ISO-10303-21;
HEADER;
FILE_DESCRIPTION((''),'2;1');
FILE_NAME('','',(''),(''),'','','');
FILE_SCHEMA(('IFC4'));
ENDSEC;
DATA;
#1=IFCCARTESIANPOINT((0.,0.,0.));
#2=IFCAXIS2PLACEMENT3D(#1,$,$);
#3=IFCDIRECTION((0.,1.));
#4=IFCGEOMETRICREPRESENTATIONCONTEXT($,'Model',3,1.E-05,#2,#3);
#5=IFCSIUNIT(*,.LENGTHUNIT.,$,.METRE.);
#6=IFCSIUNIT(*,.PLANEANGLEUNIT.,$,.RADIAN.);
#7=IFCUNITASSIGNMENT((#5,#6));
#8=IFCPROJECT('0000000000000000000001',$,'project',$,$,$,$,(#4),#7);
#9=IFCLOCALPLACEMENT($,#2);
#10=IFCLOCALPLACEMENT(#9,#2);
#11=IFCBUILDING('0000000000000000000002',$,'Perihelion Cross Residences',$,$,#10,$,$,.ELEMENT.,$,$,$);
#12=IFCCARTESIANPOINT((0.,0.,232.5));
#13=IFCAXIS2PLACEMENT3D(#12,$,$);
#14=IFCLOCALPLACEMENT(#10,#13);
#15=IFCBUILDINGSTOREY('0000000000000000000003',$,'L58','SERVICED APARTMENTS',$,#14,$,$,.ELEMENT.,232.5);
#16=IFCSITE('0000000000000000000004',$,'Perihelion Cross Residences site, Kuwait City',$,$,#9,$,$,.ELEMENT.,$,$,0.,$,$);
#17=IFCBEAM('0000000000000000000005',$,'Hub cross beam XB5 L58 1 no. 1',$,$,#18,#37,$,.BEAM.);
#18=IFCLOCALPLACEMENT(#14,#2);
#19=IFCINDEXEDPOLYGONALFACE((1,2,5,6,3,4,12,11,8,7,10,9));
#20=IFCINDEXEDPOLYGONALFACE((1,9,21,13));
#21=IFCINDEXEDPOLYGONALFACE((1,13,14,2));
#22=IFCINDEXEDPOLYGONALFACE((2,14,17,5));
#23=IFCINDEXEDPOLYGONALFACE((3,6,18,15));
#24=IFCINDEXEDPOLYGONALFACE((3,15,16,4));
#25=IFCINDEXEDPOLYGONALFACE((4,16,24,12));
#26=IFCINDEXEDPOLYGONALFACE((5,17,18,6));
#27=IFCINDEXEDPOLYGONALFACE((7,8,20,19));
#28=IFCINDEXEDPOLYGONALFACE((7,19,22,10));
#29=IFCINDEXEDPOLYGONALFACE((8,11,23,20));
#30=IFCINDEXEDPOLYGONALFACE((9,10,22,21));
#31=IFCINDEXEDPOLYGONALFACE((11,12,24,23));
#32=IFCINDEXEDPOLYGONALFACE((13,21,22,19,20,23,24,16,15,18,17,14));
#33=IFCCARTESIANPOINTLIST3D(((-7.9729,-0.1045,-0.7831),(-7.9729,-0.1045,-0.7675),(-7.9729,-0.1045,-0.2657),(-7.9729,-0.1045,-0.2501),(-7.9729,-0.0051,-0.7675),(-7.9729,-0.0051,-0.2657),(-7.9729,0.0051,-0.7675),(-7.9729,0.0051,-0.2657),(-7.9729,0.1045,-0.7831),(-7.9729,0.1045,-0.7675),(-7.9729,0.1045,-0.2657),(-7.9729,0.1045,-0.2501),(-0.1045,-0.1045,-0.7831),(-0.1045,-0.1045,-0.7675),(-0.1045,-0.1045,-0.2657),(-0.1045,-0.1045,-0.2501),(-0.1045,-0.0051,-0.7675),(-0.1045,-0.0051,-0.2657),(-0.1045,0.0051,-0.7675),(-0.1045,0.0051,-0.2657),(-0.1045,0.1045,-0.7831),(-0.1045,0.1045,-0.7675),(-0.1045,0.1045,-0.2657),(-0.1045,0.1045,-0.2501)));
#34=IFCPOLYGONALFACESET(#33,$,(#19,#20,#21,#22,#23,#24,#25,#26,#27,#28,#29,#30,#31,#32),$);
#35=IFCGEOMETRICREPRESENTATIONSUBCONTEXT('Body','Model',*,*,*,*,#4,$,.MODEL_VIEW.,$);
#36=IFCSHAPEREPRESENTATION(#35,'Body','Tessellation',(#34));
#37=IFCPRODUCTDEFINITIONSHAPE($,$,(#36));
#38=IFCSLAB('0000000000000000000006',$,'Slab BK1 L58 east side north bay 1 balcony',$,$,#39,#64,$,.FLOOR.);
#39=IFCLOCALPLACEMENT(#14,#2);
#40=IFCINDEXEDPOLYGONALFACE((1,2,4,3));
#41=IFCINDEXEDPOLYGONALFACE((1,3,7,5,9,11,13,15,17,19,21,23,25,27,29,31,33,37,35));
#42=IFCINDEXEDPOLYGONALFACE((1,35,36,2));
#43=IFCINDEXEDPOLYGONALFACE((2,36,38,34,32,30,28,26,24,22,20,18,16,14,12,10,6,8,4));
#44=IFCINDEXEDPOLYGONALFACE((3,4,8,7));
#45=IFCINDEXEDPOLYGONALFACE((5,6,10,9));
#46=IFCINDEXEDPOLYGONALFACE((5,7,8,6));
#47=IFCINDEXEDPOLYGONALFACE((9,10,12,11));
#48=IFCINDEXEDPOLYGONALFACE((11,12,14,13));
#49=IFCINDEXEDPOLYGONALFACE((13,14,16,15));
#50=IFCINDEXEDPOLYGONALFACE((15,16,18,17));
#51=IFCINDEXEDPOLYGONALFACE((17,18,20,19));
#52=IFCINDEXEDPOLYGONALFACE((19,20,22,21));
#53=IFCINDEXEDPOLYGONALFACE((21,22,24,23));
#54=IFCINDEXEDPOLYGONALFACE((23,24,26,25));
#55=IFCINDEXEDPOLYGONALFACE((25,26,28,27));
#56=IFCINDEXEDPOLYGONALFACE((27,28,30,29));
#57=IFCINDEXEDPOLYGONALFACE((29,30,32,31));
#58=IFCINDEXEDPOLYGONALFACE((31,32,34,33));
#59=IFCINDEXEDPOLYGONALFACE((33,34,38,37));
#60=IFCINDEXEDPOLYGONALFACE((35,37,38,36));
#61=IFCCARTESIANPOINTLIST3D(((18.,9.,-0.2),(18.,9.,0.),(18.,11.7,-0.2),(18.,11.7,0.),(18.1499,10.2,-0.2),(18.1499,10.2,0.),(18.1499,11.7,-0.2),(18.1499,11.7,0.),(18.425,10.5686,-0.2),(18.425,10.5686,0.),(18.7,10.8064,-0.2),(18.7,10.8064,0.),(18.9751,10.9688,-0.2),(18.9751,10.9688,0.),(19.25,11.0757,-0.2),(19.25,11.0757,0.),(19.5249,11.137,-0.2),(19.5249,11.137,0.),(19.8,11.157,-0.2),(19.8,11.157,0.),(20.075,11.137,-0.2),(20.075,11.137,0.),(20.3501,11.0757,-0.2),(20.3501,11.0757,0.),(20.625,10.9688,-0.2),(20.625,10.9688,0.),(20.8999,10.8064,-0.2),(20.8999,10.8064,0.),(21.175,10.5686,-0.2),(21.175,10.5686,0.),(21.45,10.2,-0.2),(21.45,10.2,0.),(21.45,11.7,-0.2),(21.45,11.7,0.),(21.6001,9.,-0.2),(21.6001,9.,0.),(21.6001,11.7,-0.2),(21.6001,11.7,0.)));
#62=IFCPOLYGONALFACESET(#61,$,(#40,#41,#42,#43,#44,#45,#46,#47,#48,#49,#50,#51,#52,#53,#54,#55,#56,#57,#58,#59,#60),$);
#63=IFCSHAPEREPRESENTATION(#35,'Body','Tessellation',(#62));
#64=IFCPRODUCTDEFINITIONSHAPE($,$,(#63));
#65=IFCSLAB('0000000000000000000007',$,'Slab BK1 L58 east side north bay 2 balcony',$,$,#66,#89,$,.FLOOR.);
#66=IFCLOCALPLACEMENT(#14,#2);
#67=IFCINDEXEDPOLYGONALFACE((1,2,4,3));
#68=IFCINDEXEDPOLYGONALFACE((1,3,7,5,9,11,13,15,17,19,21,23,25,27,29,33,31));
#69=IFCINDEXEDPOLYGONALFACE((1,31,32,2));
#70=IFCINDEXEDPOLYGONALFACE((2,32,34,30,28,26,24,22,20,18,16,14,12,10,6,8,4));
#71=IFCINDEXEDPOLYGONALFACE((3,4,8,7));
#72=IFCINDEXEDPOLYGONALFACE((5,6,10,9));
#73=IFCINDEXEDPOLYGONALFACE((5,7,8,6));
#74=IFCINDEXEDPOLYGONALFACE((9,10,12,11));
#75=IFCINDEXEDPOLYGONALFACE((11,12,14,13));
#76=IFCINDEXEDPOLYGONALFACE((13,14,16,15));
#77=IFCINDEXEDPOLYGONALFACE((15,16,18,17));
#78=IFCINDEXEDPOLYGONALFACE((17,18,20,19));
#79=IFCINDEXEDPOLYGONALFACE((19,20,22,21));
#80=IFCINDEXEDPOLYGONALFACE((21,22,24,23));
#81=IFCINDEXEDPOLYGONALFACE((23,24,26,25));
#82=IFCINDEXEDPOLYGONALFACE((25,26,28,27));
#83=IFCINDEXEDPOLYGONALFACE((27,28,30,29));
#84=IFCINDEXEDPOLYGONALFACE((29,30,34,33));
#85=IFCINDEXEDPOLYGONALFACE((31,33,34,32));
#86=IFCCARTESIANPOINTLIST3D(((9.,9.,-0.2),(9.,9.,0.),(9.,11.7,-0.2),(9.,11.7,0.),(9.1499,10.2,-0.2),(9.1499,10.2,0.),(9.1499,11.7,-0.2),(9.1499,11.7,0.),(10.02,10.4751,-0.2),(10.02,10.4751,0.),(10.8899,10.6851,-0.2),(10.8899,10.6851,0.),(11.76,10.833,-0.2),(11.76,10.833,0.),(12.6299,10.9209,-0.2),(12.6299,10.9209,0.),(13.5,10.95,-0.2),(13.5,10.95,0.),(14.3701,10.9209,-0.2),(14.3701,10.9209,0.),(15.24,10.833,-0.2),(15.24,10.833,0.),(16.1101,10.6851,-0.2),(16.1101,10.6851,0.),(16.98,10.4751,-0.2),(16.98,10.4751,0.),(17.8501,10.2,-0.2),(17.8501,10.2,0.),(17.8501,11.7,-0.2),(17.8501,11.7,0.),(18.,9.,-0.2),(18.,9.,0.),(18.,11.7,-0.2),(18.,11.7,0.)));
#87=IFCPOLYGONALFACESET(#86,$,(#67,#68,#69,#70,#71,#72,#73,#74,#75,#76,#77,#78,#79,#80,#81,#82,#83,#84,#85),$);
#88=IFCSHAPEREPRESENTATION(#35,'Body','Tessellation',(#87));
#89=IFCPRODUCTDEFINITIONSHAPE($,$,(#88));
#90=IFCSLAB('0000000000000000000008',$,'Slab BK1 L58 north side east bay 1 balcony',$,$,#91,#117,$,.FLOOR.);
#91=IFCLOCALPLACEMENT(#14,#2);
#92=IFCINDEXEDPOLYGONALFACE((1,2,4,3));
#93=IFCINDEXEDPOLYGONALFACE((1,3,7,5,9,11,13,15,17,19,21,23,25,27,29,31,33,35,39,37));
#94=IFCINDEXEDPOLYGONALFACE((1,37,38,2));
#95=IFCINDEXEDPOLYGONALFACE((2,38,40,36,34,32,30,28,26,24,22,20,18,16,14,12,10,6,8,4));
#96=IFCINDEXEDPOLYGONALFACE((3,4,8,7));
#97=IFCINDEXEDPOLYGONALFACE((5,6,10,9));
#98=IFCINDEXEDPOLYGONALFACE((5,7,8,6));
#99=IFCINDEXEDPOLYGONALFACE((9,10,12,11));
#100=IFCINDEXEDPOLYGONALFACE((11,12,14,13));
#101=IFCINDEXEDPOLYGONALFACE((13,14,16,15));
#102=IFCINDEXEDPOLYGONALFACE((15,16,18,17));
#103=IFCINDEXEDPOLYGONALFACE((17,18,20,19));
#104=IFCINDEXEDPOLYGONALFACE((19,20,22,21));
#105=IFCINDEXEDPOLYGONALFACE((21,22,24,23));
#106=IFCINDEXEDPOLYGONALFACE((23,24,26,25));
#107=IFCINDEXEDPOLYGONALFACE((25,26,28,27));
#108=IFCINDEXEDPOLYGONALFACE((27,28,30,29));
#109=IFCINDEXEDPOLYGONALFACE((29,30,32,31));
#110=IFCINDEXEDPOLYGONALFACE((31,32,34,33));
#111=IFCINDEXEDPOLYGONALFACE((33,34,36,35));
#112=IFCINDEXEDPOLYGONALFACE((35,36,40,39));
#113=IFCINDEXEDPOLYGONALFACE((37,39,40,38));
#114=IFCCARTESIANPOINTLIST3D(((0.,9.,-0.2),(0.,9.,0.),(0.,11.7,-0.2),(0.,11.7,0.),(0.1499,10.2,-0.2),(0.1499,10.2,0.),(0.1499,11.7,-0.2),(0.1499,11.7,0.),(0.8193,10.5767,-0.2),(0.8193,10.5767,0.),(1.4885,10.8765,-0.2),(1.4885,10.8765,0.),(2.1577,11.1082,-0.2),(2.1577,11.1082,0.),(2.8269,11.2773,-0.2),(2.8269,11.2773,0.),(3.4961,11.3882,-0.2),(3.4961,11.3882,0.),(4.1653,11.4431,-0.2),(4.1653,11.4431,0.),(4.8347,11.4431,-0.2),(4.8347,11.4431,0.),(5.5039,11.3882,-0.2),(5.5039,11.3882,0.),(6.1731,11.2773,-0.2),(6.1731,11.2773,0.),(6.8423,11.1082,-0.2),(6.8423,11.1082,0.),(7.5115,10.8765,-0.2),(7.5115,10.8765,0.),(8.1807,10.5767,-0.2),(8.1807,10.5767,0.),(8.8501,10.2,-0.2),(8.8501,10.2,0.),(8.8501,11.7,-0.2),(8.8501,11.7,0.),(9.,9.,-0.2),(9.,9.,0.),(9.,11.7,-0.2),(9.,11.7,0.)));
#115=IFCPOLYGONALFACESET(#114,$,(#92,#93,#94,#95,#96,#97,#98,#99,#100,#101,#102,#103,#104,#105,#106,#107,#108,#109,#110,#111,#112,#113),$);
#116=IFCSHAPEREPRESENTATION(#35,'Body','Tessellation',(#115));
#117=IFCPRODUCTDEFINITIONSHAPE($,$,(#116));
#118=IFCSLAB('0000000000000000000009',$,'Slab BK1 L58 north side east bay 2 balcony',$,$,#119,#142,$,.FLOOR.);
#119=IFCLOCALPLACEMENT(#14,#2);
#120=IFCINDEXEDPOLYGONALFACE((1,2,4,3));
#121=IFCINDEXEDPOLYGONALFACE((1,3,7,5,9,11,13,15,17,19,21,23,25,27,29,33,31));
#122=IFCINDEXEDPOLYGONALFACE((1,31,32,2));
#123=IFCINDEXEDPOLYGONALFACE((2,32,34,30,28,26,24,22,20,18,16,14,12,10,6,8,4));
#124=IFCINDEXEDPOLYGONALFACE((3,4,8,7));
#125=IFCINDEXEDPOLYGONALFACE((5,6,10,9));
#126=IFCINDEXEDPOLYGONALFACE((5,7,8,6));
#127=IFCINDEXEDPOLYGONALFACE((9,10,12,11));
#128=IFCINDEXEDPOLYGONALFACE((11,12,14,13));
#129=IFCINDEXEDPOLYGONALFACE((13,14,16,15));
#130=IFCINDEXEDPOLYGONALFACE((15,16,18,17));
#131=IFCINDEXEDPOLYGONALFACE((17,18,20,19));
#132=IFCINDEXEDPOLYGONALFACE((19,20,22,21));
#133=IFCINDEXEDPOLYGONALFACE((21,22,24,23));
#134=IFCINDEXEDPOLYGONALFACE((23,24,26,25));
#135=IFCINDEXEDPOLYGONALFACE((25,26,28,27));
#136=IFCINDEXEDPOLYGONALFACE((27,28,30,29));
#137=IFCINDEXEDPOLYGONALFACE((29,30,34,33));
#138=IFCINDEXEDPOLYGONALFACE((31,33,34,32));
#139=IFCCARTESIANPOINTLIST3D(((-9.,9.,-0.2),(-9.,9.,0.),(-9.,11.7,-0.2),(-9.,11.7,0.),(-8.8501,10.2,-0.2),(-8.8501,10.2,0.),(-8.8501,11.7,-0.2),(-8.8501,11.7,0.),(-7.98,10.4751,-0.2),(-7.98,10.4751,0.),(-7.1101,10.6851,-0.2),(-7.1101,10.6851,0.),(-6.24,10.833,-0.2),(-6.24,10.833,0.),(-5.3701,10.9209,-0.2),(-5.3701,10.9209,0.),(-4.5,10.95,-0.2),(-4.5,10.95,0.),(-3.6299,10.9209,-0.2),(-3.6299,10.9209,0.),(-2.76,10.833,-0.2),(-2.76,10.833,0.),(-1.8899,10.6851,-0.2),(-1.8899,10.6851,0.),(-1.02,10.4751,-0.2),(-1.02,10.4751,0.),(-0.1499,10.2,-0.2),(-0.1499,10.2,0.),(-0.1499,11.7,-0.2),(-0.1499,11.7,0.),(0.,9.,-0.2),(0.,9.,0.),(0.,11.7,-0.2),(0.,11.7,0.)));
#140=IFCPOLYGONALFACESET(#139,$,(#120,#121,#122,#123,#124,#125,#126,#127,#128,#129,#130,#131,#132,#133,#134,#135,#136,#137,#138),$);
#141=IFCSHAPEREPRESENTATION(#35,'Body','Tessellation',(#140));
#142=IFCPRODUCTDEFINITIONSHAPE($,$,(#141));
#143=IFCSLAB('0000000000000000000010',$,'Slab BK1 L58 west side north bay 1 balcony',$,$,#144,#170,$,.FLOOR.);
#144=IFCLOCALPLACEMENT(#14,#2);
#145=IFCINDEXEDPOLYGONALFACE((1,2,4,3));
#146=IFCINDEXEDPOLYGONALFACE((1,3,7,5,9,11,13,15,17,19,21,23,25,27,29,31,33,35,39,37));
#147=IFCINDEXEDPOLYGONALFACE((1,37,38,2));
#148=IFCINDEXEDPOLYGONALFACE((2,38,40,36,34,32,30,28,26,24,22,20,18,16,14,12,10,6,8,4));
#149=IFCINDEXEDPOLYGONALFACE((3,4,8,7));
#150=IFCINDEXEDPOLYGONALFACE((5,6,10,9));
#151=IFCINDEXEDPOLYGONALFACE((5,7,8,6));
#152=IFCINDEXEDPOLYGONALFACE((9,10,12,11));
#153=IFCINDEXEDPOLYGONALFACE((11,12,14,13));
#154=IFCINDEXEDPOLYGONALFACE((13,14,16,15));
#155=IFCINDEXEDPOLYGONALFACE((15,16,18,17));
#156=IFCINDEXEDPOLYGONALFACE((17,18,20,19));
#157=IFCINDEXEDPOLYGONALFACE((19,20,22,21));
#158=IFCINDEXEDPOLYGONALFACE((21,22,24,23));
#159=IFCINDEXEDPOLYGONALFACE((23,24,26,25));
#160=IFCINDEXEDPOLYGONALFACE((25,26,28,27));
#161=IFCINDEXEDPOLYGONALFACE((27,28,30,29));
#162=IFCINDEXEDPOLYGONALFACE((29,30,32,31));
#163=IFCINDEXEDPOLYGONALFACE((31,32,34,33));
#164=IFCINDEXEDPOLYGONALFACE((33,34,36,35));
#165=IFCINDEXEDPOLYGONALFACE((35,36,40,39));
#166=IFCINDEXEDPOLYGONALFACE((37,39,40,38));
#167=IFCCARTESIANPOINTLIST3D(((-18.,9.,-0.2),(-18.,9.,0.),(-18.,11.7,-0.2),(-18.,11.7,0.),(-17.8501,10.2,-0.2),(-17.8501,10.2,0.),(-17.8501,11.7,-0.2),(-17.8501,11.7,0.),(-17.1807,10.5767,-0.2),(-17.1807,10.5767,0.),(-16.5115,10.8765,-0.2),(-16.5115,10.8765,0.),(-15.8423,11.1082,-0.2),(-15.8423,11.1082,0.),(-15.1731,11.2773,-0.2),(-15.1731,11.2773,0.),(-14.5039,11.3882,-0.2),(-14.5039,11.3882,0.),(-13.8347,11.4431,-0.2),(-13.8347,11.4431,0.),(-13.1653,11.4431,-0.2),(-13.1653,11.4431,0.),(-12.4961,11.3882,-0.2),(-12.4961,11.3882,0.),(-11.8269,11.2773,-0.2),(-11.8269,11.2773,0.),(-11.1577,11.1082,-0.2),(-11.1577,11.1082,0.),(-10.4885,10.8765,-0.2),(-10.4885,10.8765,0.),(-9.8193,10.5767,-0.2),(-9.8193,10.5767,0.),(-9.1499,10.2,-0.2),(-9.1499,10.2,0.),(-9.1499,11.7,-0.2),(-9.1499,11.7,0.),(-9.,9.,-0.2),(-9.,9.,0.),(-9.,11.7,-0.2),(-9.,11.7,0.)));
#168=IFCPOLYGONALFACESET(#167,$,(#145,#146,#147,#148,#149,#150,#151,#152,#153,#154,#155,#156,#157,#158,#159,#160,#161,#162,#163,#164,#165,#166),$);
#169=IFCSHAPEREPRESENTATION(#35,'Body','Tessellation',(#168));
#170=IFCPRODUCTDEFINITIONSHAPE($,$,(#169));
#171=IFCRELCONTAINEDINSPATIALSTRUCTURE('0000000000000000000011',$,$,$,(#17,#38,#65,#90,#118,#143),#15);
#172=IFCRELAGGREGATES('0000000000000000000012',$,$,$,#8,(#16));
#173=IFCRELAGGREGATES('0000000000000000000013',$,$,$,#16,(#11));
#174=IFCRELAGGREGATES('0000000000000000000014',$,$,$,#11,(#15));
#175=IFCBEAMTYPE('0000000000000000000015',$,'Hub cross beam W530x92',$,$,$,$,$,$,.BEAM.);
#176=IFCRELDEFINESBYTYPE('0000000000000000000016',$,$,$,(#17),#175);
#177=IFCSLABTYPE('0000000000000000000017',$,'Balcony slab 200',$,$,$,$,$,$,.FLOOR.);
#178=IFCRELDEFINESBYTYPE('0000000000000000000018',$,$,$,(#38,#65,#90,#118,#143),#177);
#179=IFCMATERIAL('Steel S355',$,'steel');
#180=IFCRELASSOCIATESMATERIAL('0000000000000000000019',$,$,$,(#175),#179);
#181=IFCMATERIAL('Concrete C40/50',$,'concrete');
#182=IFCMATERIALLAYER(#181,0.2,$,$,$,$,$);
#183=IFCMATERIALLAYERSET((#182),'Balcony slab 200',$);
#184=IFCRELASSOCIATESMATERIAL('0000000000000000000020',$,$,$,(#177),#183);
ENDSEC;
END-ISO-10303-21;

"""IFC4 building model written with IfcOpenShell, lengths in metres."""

from ifc_helpers import new_model, si_unit, direction, frame, origin, origin_2d, place, context, subcontext, project, spatial, polyline, i_section, outline, extrude, material, layer, layer_set, material_profile, profile_set, type_object, element, save


model = new_model("IFC4")

# Units and contexts
model_context = context("Model", 3, precision=1e-05, world=origin(), true_north=direction((0.0, 1.0)))
body_context = subcontext(model_context, "Body", "Model", "MODEL_VIEW")
ifc_project = project(units=[si_unit("LENGTHUNIT", "METRE"), si_unit("PLANEANGLEUNIT", "RADIAN")], contexts=[model_context])

# Site, building, storey
site_placement = place(None, origin())
site = spatial("IfcSite", under=ifc_project, at=site_placement, Name="Perihelion Cross Residences site, Kuwait City", CompositionType="ELEMENT", RefElevation=0.0)
building_placement = place(site_placement, origin())
building = spatial("IfcBuilding", under=site, at=building_placement, Name="Perihelion Cross Residences", CompositionType="ELEMENT")
storey_placement = place(building_placement, frame((0.0, 0.0, 232.5)))
storey = spatial("IfcBuildingStorey", under=building, at=storey_placement, Name="L58", Description="SERVICED APARTMENTS", CompositionType="ELEMENT", Elevation=232.5)

# Beam
ifc_material_1 = material(Name="Steel S355", Category="steel")
ifc_material_profile = material_profile(ifc_material_1, i_section(OverallWidth=0.209, OverallDepth=0.533, WebThickness=0.0103, FlangeThickness=0.0156, at=origin_2d()), Name="W530x92")
ifc_profile_set = profile_set([ifc_material_profile], Name="Steel S355")
beam_type = type_object("IfcBeamType", Name="Hub cross beam W530x92", PredefinedType="BEAM", material=ifc_profile_set)
beam_placement = place(storey_placement, frame((-7.9729, 0.0, -0.5166), z_axis=(1.0, 0.0, 0.0), x_axis=(0.0, 1.0, 0.0)))
element("IfcBeam", 1, at=beam_placement, inside=storey, type_object=beam_type, Name="Hub cross beam XB5 L58 1 no. 1", PredefinedType="BEAM", context=body_context, shape_type="SweptSolid", body=[
    extrude(i_section(OverallWidth=0.209, OverallDepth=0.533, WebThickness=0.0103, FlangeThickness=0.0156, at=origin_2d()), origin(), (0.0, 0.0, 1.0), 7.8684),
])

# Slabs
ifc_material_2 = material(Name="Concrete C40/50", Category="concrete")
ifc_layer_1 = layer(ifc_material_2, 0.2)
ifc_layer_set_1 = layer_set([ifc_layer_1], Name="Balcony slab 200")
slab_type_1 = type_object("IfcSlabType", Name="Balcony slab 200", PredefinedType="FLOOR", material=ifc_layer_set_1)
slab_1_placement = place(storey_placement, frame((0.0, 0.0, -0.2)))
element("IfcSlab", 2, at=slab_1_placement, inside=storey, type_object=slab_type_1, Name="Slab BK1 L58 east side north bay 1 balcony", PredefinedType="FLOOR", context=body_context, shape_type="SweptSolid", body=[
    extrude(outline(polyline([(21.6001, 9.0), (18.0, 9.0), (18.0, 11.7), (18.1499, 11.7), (18.1499, 10.2), (18.425, 10.5686), (18.7, 10.8064), (18.9751, 10.9688), (19.25, 11.0757), (19.5249, 11.137), (19.8, 11.157), (20.075, 11.137), (20.3501, 11.0757), (20.625, 10.9688), (20.8999, 10.8064), (21.175, 10.5686), (21.45, 10.2), (21.45, 11.7), (21.6001, 11.7), (21.6001, 9.0)])), origin(), (0.0, 0.0, 1.0), 0.2),
])
slab_2_placement = place(storey_placement, frame((0.0, 0.0, -0.2)))
element("IfcSlab", 3, at=slab_2_placement, inside=storey, type_object=slab_type_1, Name="Slab BK1 L58 east side north bay 2 balcony", PredefinedType="FLOOR", context=body_context, shape_type="SweptSolid", body=[
    extrude(outline(polyline([(18.0, 9.0), (9.0, 9.0), (9.0, 11.7), (9.1499, 11.7), (9.1499, 10.2), (10.02, 10.4751), (10.8899, 10.6851), (11.76, 10.833), (12.6299, 10.9209), (13.5, 10.95), (14.3701, 10.9209), (15.24, 10.833), (16.1101, 10.6851), (16.98, 10.4751), (17.8501, 10.2), (17.8501, 11.7), (18.0, 11.7), (18.0, 9.0)])), origin(), (0.0, 0.0, 1.0), 0.2),
])
slab_3_placement = place(storey_placement, frame((0.0, 0.0, -0.2)))
element("IfcSlab", 4, at=slab_3_placement, inside=storey, type_object=slab_type_1, Name="Slab BK1 L58 north side east bay 1 balcony", PredefinedType="FLOOR", context=body_context, shape_type="SweptSolid", body=[
    extrude(outline(polyline([(9.0, 9.0), (0.0, 9.0), (0.0, 11.7), (0.1499, 11.7), (0.1499, 10.2), (0.8193, 10.5767), (1.4885, 10.8765), (2.1577, 11.1082), (2.8269, 11.2773), (3.4961, 11.3882), (4.1653, 11.4431), (4.8347, 11.4431), (5.5039, 11.3882), (6.1731, 11.2773), (6.8423, 11.1082), (7.5115, 10.8765), (8.1807, 10.5767), (8.8501, 10.2), (8.8501, 11.7), (9.0, 11.7), (9.0, 9.0)])), origin(), (0.0, 0.0, 1.0), 0.2),
])
slab_4_placement = place(storey_placement, frame((0.0, 0.0, -0.2)))
element("IfcSlab", 5, at=slab_4_placement, inside=storey, type_object=slab_type_1, Name="Slab BK1 L58 north side east bay 2 balcony", PredefinedType="FLOOR", context=body_context, shape_type="SweptSolid", body=[
    extrude(outline(polyline([(0.0, 9.0), (-9.0, 9.0), (-9.0, 11.7), (-8.8501, 11.7), (-8.8501, 10.2), (-7.98, 10.4751), (-7.1101, 10.6851), (-6.24, 10.833), (-5.3701, 10.9209), (-4.5, 10.95), (-3.6299, 10.9209), (-2.76, 10.833), (-1.8899, 10.6851), (-1.02, 10.4751), (-0.1499, 10.2), (-0.1499, 11.7), (0.0, 11.7), (0.0, 9.0)])), origin(), (0.0, 0.0, 1.0), 0.2),
])
slab_5_placement = place(storey_placement, frame((0.0, 0.0, -0.2)))
element("IfcSlab", 6, at=slab_5_placement, inside=storey, type_object=slab_type_1, Name="Slab BK1 L58 west side north bay 1 balcony", PredefinedType="FLOOR", context=body_context, shape_type="SweptSolid", body=[
    extrude(outline(polyline([(-9.0, 9.0), (-18.0, 9.0), (-18.0, 11.7), (-17.8501, 11.7), (-17.8501, 10.2), (-17.1807, 10.5767), (-16.5115, 10.8765), (-15.8423, 11.1082), (-15.1731, 11.2773), (-14.5039, 11.3882), (-13.8347, 11.4431), (-13.1653, 11.4431), (-12.4961, 11.3882), (-11.8269, 11.2773), (-11.1577, 11.1082), (-10.4885, 10.8765), (-9.8193, 10.5767), (-9.1499, 10.2), (-9.1499, 11.7), (-9.0, 11.7), (-9.0, 9.0)])), origin(), (0.0, 0.0, 1.0), 0.2),
])

save(model, "model.ifc")
